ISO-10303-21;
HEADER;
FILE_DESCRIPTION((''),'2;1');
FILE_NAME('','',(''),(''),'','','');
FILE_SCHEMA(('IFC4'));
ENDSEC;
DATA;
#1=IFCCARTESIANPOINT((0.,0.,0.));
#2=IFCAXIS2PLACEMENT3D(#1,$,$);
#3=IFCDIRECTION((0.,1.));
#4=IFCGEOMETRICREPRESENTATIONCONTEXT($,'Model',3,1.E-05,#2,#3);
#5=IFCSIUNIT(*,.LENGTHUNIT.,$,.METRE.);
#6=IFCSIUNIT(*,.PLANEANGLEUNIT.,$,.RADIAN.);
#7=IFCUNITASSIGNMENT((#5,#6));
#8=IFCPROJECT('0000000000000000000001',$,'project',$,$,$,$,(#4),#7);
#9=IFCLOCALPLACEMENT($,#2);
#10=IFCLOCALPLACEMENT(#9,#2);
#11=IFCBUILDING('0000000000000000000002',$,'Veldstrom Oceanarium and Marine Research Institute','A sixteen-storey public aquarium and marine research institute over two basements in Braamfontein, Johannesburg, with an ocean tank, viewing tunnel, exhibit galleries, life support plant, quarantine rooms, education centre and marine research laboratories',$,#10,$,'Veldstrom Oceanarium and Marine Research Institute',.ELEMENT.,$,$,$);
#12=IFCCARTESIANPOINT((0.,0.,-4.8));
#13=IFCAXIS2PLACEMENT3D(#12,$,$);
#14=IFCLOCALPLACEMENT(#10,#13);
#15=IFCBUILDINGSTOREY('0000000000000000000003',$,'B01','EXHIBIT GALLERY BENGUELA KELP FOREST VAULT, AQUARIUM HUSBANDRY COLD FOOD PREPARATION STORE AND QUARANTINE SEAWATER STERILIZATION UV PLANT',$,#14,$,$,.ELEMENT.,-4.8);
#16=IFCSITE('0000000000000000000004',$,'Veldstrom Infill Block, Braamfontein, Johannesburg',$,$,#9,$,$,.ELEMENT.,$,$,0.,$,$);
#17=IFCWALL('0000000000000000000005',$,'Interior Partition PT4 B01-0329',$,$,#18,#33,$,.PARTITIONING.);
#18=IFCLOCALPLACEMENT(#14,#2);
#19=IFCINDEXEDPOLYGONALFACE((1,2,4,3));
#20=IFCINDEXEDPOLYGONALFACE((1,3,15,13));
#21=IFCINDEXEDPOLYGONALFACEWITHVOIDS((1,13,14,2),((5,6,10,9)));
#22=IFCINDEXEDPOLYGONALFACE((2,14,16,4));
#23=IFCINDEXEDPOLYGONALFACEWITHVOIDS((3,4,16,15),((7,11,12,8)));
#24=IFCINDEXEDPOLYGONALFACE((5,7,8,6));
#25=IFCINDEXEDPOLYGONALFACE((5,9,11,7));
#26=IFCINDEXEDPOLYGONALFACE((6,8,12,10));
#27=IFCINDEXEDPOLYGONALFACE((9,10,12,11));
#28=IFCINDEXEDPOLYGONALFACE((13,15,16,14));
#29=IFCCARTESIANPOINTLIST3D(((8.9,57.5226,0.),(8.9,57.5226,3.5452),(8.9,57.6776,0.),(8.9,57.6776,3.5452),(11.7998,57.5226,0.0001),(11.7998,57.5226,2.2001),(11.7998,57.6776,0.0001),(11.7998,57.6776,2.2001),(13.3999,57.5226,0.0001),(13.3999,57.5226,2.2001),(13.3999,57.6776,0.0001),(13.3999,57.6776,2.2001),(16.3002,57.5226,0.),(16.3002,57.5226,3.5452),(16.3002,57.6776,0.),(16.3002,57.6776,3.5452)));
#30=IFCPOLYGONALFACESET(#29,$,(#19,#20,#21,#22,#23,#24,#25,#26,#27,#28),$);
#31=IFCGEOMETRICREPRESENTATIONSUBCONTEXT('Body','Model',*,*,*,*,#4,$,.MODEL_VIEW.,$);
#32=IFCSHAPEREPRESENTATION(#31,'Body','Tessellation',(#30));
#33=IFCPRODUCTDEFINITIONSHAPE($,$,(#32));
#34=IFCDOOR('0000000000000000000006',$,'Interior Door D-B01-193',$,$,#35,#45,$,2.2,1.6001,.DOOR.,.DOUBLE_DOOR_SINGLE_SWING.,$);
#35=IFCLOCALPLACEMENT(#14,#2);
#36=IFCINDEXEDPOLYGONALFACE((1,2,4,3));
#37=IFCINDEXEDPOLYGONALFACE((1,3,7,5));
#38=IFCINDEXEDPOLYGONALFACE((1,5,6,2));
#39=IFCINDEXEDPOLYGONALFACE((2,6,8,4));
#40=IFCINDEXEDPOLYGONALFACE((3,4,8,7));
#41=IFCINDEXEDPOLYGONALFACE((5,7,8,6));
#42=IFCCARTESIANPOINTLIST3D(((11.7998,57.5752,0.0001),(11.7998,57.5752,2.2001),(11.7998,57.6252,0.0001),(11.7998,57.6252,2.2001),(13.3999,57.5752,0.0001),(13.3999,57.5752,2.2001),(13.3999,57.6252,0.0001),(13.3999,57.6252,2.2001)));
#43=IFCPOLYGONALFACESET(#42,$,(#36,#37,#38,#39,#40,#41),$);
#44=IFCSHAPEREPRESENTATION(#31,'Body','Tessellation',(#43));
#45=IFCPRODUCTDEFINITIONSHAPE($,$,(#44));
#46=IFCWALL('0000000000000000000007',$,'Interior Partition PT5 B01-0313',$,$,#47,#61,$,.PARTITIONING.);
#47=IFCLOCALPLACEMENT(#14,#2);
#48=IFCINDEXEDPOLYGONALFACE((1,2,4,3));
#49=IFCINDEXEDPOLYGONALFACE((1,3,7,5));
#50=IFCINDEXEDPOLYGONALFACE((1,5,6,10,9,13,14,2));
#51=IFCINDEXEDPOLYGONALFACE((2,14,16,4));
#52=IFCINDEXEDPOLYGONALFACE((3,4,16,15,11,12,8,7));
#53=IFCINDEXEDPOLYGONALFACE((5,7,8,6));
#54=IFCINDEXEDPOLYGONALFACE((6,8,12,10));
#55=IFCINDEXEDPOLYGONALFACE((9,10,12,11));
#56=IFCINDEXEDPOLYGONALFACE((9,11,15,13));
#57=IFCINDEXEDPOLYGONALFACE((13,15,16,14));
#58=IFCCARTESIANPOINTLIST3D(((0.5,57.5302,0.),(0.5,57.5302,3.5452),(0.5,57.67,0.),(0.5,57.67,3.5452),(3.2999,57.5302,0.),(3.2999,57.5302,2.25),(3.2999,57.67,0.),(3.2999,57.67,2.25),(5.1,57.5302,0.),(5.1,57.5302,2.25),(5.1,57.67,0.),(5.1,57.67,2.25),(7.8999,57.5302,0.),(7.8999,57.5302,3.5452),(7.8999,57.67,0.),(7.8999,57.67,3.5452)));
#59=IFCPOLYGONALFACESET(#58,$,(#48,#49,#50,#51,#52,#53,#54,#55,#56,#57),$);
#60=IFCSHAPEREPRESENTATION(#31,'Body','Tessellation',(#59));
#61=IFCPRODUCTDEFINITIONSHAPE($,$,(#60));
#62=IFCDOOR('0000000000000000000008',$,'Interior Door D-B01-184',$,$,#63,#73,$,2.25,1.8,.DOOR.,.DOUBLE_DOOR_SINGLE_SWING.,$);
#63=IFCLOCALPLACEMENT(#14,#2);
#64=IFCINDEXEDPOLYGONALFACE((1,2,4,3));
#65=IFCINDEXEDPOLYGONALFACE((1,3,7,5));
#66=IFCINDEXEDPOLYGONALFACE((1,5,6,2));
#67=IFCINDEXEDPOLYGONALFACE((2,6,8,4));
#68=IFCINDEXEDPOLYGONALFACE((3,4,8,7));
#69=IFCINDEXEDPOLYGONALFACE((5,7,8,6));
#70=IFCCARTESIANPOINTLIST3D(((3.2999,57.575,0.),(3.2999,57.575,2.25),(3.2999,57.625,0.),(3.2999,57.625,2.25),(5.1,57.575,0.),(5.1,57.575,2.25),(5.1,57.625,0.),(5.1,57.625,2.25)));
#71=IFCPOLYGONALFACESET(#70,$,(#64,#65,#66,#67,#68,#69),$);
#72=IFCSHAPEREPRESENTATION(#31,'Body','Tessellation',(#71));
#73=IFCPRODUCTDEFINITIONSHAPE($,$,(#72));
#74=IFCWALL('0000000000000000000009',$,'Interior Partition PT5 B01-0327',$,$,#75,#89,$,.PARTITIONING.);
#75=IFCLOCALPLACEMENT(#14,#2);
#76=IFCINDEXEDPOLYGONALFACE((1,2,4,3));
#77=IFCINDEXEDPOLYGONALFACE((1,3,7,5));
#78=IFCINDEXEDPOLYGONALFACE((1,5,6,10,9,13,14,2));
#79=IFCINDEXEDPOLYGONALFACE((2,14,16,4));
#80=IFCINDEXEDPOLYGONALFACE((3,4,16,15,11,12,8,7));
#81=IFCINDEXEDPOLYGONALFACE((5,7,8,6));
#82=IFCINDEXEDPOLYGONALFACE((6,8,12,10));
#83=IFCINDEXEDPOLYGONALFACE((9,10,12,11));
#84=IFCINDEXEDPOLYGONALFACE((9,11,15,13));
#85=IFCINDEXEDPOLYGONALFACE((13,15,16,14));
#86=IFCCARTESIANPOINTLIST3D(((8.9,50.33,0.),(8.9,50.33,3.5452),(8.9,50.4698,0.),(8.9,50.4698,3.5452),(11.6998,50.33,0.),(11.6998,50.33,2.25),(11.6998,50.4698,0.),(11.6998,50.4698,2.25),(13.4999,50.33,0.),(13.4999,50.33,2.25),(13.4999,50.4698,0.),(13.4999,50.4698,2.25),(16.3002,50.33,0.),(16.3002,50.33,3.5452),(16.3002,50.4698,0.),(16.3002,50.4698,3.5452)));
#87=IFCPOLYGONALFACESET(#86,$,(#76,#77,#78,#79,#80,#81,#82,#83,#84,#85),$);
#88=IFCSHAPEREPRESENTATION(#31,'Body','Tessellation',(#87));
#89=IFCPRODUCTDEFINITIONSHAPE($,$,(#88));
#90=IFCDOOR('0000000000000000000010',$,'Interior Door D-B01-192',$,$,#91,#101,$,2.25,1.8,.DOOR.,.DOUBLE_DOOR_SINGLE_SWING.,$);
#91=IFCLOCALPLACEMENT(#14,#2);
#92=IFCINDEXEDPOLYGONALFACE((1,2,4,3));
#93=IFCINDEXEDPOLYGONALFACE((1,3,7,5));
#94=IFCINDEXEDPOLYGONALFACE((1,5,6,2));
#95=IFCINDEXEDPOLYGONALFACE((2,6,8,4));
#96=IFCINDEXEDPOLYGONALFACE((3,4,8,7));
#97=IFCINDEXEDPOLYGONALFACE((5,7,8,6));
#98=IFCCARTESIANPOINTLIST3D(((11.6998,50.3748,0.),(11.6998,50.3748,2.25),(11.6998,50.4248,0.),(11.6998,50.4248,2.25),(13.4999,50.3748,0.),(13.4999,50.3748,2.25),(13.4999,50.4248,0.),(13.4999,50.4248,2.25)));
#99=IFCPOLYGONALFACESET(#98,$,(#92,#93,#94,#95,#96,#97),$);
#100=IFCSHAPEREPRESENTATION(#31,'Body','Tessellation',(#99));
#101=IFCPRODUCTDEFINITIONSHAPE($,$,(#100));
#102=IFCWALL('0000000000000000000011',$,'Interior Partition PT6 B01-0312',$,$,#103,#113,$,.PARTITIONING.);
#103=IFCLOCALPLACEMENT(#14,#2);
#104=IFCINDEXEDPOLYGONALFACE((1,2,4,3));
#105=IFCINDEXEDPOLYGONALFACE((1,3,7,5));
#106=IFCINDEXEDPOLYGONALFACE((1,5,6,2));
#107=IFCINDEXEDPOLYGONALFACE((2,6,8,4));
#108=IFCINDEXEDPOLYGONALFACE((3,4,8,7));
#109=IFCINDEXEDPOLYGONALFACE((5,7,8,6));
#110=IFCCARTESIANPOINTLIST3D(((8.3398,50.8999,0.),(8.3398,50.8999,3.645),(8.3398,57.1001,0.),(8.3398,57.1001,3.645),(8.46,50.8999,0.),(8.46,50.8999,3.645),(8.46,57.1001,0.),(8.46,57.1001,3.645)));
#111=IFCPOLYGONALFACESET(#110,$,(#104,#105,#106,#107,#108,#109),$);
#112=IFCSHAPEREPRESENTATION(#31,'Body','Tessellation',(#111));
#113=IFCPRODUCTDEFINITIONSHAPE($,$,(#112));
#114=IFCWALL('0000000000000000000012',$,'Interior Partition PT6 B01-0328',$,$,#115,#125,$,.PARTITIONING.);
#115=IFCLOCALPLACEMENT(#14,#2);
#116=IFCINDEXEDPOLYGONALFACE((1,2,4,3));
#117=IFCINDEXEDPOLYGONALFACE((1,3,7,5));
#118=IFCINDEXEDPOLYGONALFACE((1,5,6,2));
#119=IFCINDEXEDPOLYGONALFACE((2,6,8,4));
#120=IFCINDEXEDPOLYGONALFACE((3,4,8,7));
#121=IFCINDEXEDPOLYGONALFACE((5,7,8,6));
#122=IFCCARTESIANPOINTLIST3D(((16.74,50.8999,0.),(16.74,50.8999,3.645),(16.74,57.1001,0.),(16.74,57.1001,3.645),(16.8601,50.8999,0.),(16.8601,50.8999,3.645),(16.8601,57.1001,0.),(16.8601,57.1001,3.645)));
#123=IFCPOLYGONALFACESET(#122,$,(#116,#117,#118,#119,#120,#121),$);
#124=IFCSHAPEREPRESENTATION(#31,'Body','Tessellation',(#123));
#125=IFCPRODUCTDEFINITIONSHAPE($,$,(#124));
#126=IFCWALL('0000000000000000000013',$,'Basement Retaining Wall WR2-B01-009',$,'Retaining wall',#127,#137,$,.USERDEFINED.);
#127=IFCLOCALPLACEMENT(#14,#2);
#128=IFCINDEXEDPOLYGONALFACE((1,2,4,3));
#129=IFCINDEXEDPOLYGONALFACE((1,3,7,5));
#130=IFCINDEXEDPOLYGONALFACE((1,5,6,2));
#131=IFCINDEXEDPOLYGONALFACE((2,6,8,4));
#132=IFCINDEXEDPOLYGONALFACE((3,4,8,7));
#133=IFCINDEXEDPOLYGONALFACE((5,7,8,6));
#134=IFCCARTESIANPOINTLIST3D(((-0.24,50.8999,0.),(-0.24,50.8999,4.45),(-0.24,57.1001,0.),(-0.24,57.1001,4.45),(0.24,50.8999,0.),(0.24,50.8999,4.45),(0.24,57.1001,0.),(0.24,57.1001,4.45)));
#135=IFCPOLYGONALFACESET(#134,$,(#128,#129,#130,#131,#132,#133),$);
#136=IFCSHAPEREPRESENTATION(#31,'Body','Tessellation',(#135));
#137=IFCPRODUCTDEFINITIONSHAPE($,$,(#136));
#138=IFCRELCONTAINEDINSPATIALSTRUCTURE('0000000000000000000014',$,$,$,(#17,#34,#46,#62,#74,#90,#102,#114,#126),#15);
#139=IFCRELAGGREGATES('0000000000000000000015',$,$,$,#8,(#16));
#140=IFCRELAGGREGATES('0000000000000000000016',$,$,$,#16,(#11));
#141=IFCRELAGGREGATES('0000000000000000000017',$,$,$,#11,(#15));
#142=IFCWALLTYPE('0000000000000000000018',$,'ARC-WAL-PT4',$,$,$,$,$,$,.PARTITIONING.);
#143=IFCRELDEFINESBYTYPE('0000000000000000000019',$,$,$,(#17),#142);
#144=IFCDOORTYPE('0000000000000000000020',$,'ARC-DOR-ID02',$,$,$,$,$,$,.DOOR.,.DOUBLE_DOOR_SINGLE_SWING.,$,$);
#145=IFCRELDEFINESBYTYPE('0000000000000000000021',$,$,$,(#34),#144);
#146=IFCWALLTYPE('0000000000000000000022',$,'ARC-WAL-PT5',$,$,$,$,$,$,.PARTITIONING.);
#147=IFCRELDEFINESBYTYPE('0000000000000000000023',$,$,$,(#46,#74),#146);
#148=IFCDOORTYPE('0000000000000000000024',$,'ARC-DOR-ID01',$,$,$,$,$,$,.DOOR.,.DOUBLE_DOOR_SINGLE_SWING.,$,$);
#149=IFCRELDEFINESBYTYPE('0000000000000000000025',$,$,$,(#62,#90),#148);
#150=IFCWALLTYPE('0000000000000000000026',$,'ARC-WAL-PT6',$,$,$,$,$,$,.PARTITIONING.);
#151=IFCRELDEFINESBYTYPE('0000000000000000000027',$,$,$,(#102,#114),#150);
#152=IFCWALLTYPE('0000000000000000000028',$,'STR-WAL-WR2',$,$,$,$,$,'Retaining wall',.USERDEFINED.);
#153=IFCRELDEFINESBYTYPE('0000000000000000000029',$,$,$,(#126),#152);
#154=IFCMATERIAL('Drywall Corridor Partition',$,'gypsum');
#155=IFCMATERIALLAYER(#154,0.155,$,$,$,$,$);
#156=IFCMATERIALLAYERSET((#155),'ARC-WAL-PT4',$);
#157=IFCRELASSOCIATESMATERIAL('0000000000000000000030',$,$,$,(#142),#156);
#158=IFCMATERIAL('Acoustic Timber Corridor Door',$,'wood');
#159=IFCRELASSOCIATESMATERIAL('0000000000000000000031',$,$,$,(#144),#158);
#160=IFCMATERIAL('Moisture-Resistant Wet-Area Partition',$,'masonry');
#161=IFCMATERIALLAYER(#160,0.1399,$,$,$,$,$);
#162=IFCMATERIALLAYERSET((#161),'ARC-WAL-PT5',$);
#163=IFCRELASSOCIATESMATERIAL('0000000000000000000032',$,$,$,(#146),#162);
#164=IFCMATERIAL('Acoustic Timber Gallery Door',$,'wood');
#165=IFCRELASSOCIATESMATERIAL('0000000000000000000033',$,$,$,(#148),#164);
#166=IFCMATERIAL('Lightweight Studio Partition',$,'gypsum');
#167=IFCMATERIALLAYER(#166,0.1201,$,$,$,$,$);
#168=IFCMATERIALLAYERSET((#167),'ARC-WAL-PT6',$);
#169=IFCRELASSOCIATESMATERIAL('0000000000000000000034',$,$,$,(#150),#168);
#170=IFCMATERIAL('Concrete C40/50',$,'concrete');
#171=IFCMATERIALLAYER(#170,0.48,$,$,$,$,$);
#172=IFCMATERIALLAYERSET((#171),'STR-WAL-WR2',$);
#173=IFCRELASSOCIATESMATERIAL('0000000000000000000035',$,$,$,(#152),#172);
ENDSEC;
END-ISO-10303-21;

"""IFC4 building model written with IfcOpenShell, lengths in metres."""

from ifc_helpers import new_model, si_unit, direction, frame, frame_2d, origin, place, context, subcontext, project, spatial, rectangle, extrude, material, layer, layer_set, type_object, element, fill, save


model = new_model("IFC4")

# Units and contexts
model_context = context("Model", 3, precision=1e-05, world=origin(), true_north=direction((0.0, 1.0)))
body_context = subcontext(model_context, "Body", "Model", "MODEL_VIEW")
ifc_project = project(units=[si_unit("LENGTHUNIT", "METRE"), si_unit("PLANEANGLEUNIT", "RADIAN")], contexts=[model_context])

# Site, building, storey
site_placement = place(None, origin())
site = spatial("IfcSite", under=ifc_project, at=site_placement, Name="Veldstrom Infill Block, Braamfontein, Johannesburg", CompositionType="ELEMENT", RefElevation=0.0)
building_placement = place(site_placement, origin())
building = spatial("IfcBuilding", under=site, at=building_placement, Name="Veldstrom Oceanarium and Marine Research Institute", Description="A sixteen-storey public aquarium and marine research institute over two basements in Braamfontein, Johannesburg, with an ocean tank, viewing tunnel, exhibit galleries, life support plant, quarantine rooms, education centre and marine research laboratories", LongName="Veldstrom Oceanarium and Marine Research Institute", CompositionType="ELEMENT")
storey_placement = place(building_placement, frame((0.0, 0.0, -4.8)))
storey = spatial("IfcBuildingStorey", under=building, at=storey_placement, Name="B01", Description="EXHIBIT GALLERY BENGUELA KELP FOREST VAULT, AQUARIUM HUSBANDRY COLD FOOD PREPARATION STORE AND QUARANTINE SEAWATER STERILIZATION UV PLANT", CompositionType="ELEMENT", Elevation=-4.8)

# Walls, openings, doors
ifc_material_1 = material(Name="Drywall Corridor Partition", Category="gypsum")
ifc_layer_1 = layer(ifc_material_1, 0.155)
ifc_layer_set_1 = layer_set([ifc_layer_1], Name="ARC-WAL-PT4")
wall_type_1 = type_object("IfcWallType", Name="ARC-WAL-PT4", PredefinedType="PARTITIONING", material=ifc_layer_set_1)
wall_1_placement = place(storey_placement, frame((8.8999, 57.6001, 0.0), z_axis=(0.0, 0.0, 1.0), x_axis=(1.0, 0.0, 0.0)))
wall_1 = element("IfcWall", 1, at=wall_1_placement, inside=storey, type_object=wall_type_1, Name="Interior Partition PT4 B01-0329", PredefinedType="PARTITIONING", context=body_context, shape_type="SweptSolid", body=[
    extrude(rectangle(XDim=7.4001, YDim=0.155, at=frame_2d((3.7002, 0.0))), origin(), (0.0, 0.0, 1.0), 3.5452),
])
opening_1_placement = place(wall_1_placement, frame((2.8999, 0.0, 0.0)))
opening_1 = element("IfcOpeningElement", 2, at=opening_1_placement, cuts=wall_1, PredefinedType="OPENING", context=body_context, shape_type="SweptSolid", body=[
    extrude(rectangle(XDim=1.6001, YDim=2.2, at=frame_2d((0.8, 1.1001))), frame((0.0, 0.0874, 0.0), z_axis=(0.0, -1.0, 0.0), x_axis=(1.0, 0.0, 0.0)), (0.0, 0.0, 1.0), 0.175),
])
ifc_material_2 = material(Name="Acoustic Timber Corridor Door", Category="wood")
door_type_1 = type_object("IfcDoorType", Name="ARC-DOR-ID02", OperationType="DOUBLE_DOOR_SINGLE_SWING", PredefinedType="DOOR", material=ifc_material_2)
door_1_placement = place(opening_1_placement, frame((1.6001, 0.0, 0.0), z_axis=(0.0, 0.0, 1.0), x_axis=(-1.0, 0.0, 0.0)))
door_1 = element("IfcDoor", 3, at=door_1_placement, inside=storey, type_object=door_type_1, Name="Interior Door D-B01-193", OperationType="DOUBLE_DOOR_SINGLE_SWING", OverallHeight=2.2, OverallWidth=1.6001, PredefinedType="DOOR", context=body_context, shape_type="SweptSolid", body=[
    extrude(rectangle(XDim=1.6001, YDim=2.2, at=frame_2d((0.8, 1.1001))), frame((0.0, 0.0249, 0.0), z_axis=(0.0, -1.0, 0.0), x_axis=(1.0, 0.0, 0.0)), (0.0, 0.0, 1.0), 0.05),
])
fill(opening_1, door_1)
ifc_material_3 = material(Name="Moisture-Resistant Wet-Area Partition", Category="masonry")
ifc_layer_2 = layer(ifc_material_3, 0.1399)
ifc_layer_set_2 = layer_set([ifc_layer_2], Name="ARC-WAL-PT5")
wall_type_2 = type_object("IfcWallType", Name="ARC-WAL-PT5", PredefinedType="PARTITIONING", material=ifc_layer_set_2)
wall_2_placement = place(storey_placement, frame((0.5, 57.6001, 0.0), z_axis=(0.0, 0.0, 1.0), x_axis=(1.0, 0.0, 0.0)))
wall_2 = element("IfcWall", 4, at=wall_2_placement, inside=storey, type_object=wall_type_2, Name="Interior Partition PT5 B01-0313", PredefinedType="PARTITIONING", context=body_context, shape_type="SweptSolid", body=[
    extrude(rectangle(XDim=7.3999, YDim=0.1399, at=frame_2d((3.7, 0.0))), origin(), (0.0, 0.0, 1.0), 3.5452),
])
opening_2_placement = place(wall_2_placement, frame((2.8, 0.0, 0.0)))
opening_2 = element("IfcOpeningElement", 5, at=opening_2_placement, cuts=wall_2, PredefinedType="OPENING", context=body_context, shape_type="SweptSolid", body=[
    extrude(rectangle(XDim=1.8, YDim=2.25, at=frame_2d((0.8999, 1.125))), frame((0.0, 0.0798, 0.0), z_axis=(0.0, -1.0, 0.0), x_axis=(1.0, 0.0, 0.0)), (0.0, 0.0, 1.0), 0.1599),
])
ifc_material_4 = material(Name="Acoustic Timber Gallery Door", Category="wood")
door_type_2 = type_object("IfcDoorType", Name="ARC-DOR-ID01", OperationType="DOUBLE_DOOR_SINGLE_SWING", PredefinedType="DOOR", material=ifc_material_4)
door_2_placement = place(opening_2_placement, origin())
door_2 = element("IfcDoor", 6, at=door_2_placement, inside=storey, type_object=door_type_2, Name="Interior Door D-B01-184", OperationType="DOUBLE_DOOR_SINGLE_SWING", OverallHeight=2.25, OverallWidth=1.8, PredefinedType="DOOR", context=body_context, shape_type="SweptSolid", body=[
    extrude(rectangle(XDim=1.8, YDim=2.25, at=frame_2d((0.8999, 1.125))), frame((0.0, 0.0249, 0.0), z_axis=(0.0, -1.0, 0.0), x_axis=(1.0, 0.0, 0.0)), (0.0, 0.0, 1.0), 0.05),
])
fill(opening_2, door_2)
wall_3_placement = place(storey_placement, frame((8.8999, 50.3999, 0.0), z_axis=(0.0, 0.0, 1.0), x_axis=(1.0, 0.0, 0.0)))
wall_3 = element("IfcWall", 7, at=wall_3_placement, inside=storey, type_object=wall_type_2, Name="Interior Partition PT5 B01-0327", PredefinedType="PARTITIONING", context=body_context, shape_type="SweptSolid", body=[
    extrude(rectangle(XDim=7.4001, YDim=0.1399, at=frame_2d((3.7002, 0.0))), origin(), (0.0, 0.0, 1.0), 3.5452),
])
opening_3_placement = place(wall_3_placement, frame((2.8, 0.0, 0.0)))
opening_3 = element("IfcOpeningElement", 8, at=opening_3_placement, cuts=wall_3, PredefinedType="OPENING", context=body_context, shape_type="SweptSolid", body=[
    extrude(rectangle(XDim=1.8, YDim=2.25, at=frame_2d((0.8999, 1.125))), frame((0.0, 0.0798, 0.0), z_axis=(0.0, -1.0, 0.0), x_axis=(1.0, 0.0, 0.0)), (0.0, 0.0, 1.0), 0.1599),
])
door_3_placement = place(opening_3_placement, origin())
door_3 = element("IfcDoor", 9, at=door_3_placement, inside=storey, type_object=door_type_2, Name="Interior Door D-B01-192", OperationType="DOUBLE_DOOR_SINGLE_SWING", OverallHeight=2.25, OverallWidth=1.8, PredefinedType="DOOR", context=body_context, shape_type="SweptSolid", body=[
    extrude(rectangle(XDim=1.8, YDim=2.25, at=frame_2d((0.8999, 1.125))), frame((0.0, 0.0249, 0.0), z_axis=(0.0, -1.0, 0.0), x_axis=(1.0, 0.0, 0.0)), (0.0, 0.0, 1.0), 0.05),
])
fill(opening_3, door_3)

# Walls
ifc_material_5 = material(Name="Lightweight Studio Partition", Category="gypsum")
ifc_layer_3 = layer(ifc_material_5, 0.1201)
ifc_layer_set_3 = layer_set([ifc_layer_3], Name="ARC-WAL-PT6")
wall_type_3 = type_object("IfcWallType", Name="ARC-WAL-PT6", PredefinedType="PARTITIONING", material=ifc_layer_set_3)
for number, where, z_axis, x_axis, name in (
    (10, (8.3999, 50.8999, 0.0), (0.0, 0.0, 1.0), (0.0, 1.0, 0.0), "Interior Partition PT6 B01-0312"),
    (11, (16.8, 50.8999, 0.0), (0.0, 0.0, 1.0), (0.0, 1.0, 0.0), "Interior Partition PT6 B01-0328"),
):
    element("IfcWall", number, at=place(storey_placement, frame(where, z_axis=z_axis, x_axis=x_axis)), inside=storey, type_object=wall_type_3, Name=name, PredefinedType="PARTITIONING", context=body_context, shape_type="SweptSolid", body=[
        extrude(rectangle(XDim=6.2002, YDim=0.1201, at=frame_2d((3.1001, 0.0))), origin(), (0.0, 0.0, 1.0), 3.645),
    ])
ifc_material_6 = material(Name="Concrete C40/50", Category="concrete")
ifc_layer_4 = layer(ifc_material_6, 0.48)
ifc_layer_set_4 = layer_set([ifc_layer_4], Name="STR-WAL-WR2")
wall_type_4 = type_object("IfcWallType", Name="STR-WAL-WR2", ElementType="Retaining wall", PredefinedType="USERDEFINED", material=ifc_layer_set_4)
wall_4_placement = place(storey_placement, frame((0.0, 50.8999, 0.0), z_axis=(0.0, 0.0, 1.0), x_axis=(0.0, 1.0, 0.0)))
element("IfcWall", 12, at=wall_4_placement, inside=storey, type_object=wall_type_4, Name="Basement Retaining Wall WR2-B01-009", ObjectType="Retaining wall", PredefinedType="USERDEFINED", context=body_context, shape_type="SweptSolid", body=[
    extrude(rectangle(XDim=6.2002, YDim=0.48, at=frame_2d((3.1001, 0.0))), origin(), (0.0, 0.0, 1.0), 4.45),
])

save(model, "model.ifc")
